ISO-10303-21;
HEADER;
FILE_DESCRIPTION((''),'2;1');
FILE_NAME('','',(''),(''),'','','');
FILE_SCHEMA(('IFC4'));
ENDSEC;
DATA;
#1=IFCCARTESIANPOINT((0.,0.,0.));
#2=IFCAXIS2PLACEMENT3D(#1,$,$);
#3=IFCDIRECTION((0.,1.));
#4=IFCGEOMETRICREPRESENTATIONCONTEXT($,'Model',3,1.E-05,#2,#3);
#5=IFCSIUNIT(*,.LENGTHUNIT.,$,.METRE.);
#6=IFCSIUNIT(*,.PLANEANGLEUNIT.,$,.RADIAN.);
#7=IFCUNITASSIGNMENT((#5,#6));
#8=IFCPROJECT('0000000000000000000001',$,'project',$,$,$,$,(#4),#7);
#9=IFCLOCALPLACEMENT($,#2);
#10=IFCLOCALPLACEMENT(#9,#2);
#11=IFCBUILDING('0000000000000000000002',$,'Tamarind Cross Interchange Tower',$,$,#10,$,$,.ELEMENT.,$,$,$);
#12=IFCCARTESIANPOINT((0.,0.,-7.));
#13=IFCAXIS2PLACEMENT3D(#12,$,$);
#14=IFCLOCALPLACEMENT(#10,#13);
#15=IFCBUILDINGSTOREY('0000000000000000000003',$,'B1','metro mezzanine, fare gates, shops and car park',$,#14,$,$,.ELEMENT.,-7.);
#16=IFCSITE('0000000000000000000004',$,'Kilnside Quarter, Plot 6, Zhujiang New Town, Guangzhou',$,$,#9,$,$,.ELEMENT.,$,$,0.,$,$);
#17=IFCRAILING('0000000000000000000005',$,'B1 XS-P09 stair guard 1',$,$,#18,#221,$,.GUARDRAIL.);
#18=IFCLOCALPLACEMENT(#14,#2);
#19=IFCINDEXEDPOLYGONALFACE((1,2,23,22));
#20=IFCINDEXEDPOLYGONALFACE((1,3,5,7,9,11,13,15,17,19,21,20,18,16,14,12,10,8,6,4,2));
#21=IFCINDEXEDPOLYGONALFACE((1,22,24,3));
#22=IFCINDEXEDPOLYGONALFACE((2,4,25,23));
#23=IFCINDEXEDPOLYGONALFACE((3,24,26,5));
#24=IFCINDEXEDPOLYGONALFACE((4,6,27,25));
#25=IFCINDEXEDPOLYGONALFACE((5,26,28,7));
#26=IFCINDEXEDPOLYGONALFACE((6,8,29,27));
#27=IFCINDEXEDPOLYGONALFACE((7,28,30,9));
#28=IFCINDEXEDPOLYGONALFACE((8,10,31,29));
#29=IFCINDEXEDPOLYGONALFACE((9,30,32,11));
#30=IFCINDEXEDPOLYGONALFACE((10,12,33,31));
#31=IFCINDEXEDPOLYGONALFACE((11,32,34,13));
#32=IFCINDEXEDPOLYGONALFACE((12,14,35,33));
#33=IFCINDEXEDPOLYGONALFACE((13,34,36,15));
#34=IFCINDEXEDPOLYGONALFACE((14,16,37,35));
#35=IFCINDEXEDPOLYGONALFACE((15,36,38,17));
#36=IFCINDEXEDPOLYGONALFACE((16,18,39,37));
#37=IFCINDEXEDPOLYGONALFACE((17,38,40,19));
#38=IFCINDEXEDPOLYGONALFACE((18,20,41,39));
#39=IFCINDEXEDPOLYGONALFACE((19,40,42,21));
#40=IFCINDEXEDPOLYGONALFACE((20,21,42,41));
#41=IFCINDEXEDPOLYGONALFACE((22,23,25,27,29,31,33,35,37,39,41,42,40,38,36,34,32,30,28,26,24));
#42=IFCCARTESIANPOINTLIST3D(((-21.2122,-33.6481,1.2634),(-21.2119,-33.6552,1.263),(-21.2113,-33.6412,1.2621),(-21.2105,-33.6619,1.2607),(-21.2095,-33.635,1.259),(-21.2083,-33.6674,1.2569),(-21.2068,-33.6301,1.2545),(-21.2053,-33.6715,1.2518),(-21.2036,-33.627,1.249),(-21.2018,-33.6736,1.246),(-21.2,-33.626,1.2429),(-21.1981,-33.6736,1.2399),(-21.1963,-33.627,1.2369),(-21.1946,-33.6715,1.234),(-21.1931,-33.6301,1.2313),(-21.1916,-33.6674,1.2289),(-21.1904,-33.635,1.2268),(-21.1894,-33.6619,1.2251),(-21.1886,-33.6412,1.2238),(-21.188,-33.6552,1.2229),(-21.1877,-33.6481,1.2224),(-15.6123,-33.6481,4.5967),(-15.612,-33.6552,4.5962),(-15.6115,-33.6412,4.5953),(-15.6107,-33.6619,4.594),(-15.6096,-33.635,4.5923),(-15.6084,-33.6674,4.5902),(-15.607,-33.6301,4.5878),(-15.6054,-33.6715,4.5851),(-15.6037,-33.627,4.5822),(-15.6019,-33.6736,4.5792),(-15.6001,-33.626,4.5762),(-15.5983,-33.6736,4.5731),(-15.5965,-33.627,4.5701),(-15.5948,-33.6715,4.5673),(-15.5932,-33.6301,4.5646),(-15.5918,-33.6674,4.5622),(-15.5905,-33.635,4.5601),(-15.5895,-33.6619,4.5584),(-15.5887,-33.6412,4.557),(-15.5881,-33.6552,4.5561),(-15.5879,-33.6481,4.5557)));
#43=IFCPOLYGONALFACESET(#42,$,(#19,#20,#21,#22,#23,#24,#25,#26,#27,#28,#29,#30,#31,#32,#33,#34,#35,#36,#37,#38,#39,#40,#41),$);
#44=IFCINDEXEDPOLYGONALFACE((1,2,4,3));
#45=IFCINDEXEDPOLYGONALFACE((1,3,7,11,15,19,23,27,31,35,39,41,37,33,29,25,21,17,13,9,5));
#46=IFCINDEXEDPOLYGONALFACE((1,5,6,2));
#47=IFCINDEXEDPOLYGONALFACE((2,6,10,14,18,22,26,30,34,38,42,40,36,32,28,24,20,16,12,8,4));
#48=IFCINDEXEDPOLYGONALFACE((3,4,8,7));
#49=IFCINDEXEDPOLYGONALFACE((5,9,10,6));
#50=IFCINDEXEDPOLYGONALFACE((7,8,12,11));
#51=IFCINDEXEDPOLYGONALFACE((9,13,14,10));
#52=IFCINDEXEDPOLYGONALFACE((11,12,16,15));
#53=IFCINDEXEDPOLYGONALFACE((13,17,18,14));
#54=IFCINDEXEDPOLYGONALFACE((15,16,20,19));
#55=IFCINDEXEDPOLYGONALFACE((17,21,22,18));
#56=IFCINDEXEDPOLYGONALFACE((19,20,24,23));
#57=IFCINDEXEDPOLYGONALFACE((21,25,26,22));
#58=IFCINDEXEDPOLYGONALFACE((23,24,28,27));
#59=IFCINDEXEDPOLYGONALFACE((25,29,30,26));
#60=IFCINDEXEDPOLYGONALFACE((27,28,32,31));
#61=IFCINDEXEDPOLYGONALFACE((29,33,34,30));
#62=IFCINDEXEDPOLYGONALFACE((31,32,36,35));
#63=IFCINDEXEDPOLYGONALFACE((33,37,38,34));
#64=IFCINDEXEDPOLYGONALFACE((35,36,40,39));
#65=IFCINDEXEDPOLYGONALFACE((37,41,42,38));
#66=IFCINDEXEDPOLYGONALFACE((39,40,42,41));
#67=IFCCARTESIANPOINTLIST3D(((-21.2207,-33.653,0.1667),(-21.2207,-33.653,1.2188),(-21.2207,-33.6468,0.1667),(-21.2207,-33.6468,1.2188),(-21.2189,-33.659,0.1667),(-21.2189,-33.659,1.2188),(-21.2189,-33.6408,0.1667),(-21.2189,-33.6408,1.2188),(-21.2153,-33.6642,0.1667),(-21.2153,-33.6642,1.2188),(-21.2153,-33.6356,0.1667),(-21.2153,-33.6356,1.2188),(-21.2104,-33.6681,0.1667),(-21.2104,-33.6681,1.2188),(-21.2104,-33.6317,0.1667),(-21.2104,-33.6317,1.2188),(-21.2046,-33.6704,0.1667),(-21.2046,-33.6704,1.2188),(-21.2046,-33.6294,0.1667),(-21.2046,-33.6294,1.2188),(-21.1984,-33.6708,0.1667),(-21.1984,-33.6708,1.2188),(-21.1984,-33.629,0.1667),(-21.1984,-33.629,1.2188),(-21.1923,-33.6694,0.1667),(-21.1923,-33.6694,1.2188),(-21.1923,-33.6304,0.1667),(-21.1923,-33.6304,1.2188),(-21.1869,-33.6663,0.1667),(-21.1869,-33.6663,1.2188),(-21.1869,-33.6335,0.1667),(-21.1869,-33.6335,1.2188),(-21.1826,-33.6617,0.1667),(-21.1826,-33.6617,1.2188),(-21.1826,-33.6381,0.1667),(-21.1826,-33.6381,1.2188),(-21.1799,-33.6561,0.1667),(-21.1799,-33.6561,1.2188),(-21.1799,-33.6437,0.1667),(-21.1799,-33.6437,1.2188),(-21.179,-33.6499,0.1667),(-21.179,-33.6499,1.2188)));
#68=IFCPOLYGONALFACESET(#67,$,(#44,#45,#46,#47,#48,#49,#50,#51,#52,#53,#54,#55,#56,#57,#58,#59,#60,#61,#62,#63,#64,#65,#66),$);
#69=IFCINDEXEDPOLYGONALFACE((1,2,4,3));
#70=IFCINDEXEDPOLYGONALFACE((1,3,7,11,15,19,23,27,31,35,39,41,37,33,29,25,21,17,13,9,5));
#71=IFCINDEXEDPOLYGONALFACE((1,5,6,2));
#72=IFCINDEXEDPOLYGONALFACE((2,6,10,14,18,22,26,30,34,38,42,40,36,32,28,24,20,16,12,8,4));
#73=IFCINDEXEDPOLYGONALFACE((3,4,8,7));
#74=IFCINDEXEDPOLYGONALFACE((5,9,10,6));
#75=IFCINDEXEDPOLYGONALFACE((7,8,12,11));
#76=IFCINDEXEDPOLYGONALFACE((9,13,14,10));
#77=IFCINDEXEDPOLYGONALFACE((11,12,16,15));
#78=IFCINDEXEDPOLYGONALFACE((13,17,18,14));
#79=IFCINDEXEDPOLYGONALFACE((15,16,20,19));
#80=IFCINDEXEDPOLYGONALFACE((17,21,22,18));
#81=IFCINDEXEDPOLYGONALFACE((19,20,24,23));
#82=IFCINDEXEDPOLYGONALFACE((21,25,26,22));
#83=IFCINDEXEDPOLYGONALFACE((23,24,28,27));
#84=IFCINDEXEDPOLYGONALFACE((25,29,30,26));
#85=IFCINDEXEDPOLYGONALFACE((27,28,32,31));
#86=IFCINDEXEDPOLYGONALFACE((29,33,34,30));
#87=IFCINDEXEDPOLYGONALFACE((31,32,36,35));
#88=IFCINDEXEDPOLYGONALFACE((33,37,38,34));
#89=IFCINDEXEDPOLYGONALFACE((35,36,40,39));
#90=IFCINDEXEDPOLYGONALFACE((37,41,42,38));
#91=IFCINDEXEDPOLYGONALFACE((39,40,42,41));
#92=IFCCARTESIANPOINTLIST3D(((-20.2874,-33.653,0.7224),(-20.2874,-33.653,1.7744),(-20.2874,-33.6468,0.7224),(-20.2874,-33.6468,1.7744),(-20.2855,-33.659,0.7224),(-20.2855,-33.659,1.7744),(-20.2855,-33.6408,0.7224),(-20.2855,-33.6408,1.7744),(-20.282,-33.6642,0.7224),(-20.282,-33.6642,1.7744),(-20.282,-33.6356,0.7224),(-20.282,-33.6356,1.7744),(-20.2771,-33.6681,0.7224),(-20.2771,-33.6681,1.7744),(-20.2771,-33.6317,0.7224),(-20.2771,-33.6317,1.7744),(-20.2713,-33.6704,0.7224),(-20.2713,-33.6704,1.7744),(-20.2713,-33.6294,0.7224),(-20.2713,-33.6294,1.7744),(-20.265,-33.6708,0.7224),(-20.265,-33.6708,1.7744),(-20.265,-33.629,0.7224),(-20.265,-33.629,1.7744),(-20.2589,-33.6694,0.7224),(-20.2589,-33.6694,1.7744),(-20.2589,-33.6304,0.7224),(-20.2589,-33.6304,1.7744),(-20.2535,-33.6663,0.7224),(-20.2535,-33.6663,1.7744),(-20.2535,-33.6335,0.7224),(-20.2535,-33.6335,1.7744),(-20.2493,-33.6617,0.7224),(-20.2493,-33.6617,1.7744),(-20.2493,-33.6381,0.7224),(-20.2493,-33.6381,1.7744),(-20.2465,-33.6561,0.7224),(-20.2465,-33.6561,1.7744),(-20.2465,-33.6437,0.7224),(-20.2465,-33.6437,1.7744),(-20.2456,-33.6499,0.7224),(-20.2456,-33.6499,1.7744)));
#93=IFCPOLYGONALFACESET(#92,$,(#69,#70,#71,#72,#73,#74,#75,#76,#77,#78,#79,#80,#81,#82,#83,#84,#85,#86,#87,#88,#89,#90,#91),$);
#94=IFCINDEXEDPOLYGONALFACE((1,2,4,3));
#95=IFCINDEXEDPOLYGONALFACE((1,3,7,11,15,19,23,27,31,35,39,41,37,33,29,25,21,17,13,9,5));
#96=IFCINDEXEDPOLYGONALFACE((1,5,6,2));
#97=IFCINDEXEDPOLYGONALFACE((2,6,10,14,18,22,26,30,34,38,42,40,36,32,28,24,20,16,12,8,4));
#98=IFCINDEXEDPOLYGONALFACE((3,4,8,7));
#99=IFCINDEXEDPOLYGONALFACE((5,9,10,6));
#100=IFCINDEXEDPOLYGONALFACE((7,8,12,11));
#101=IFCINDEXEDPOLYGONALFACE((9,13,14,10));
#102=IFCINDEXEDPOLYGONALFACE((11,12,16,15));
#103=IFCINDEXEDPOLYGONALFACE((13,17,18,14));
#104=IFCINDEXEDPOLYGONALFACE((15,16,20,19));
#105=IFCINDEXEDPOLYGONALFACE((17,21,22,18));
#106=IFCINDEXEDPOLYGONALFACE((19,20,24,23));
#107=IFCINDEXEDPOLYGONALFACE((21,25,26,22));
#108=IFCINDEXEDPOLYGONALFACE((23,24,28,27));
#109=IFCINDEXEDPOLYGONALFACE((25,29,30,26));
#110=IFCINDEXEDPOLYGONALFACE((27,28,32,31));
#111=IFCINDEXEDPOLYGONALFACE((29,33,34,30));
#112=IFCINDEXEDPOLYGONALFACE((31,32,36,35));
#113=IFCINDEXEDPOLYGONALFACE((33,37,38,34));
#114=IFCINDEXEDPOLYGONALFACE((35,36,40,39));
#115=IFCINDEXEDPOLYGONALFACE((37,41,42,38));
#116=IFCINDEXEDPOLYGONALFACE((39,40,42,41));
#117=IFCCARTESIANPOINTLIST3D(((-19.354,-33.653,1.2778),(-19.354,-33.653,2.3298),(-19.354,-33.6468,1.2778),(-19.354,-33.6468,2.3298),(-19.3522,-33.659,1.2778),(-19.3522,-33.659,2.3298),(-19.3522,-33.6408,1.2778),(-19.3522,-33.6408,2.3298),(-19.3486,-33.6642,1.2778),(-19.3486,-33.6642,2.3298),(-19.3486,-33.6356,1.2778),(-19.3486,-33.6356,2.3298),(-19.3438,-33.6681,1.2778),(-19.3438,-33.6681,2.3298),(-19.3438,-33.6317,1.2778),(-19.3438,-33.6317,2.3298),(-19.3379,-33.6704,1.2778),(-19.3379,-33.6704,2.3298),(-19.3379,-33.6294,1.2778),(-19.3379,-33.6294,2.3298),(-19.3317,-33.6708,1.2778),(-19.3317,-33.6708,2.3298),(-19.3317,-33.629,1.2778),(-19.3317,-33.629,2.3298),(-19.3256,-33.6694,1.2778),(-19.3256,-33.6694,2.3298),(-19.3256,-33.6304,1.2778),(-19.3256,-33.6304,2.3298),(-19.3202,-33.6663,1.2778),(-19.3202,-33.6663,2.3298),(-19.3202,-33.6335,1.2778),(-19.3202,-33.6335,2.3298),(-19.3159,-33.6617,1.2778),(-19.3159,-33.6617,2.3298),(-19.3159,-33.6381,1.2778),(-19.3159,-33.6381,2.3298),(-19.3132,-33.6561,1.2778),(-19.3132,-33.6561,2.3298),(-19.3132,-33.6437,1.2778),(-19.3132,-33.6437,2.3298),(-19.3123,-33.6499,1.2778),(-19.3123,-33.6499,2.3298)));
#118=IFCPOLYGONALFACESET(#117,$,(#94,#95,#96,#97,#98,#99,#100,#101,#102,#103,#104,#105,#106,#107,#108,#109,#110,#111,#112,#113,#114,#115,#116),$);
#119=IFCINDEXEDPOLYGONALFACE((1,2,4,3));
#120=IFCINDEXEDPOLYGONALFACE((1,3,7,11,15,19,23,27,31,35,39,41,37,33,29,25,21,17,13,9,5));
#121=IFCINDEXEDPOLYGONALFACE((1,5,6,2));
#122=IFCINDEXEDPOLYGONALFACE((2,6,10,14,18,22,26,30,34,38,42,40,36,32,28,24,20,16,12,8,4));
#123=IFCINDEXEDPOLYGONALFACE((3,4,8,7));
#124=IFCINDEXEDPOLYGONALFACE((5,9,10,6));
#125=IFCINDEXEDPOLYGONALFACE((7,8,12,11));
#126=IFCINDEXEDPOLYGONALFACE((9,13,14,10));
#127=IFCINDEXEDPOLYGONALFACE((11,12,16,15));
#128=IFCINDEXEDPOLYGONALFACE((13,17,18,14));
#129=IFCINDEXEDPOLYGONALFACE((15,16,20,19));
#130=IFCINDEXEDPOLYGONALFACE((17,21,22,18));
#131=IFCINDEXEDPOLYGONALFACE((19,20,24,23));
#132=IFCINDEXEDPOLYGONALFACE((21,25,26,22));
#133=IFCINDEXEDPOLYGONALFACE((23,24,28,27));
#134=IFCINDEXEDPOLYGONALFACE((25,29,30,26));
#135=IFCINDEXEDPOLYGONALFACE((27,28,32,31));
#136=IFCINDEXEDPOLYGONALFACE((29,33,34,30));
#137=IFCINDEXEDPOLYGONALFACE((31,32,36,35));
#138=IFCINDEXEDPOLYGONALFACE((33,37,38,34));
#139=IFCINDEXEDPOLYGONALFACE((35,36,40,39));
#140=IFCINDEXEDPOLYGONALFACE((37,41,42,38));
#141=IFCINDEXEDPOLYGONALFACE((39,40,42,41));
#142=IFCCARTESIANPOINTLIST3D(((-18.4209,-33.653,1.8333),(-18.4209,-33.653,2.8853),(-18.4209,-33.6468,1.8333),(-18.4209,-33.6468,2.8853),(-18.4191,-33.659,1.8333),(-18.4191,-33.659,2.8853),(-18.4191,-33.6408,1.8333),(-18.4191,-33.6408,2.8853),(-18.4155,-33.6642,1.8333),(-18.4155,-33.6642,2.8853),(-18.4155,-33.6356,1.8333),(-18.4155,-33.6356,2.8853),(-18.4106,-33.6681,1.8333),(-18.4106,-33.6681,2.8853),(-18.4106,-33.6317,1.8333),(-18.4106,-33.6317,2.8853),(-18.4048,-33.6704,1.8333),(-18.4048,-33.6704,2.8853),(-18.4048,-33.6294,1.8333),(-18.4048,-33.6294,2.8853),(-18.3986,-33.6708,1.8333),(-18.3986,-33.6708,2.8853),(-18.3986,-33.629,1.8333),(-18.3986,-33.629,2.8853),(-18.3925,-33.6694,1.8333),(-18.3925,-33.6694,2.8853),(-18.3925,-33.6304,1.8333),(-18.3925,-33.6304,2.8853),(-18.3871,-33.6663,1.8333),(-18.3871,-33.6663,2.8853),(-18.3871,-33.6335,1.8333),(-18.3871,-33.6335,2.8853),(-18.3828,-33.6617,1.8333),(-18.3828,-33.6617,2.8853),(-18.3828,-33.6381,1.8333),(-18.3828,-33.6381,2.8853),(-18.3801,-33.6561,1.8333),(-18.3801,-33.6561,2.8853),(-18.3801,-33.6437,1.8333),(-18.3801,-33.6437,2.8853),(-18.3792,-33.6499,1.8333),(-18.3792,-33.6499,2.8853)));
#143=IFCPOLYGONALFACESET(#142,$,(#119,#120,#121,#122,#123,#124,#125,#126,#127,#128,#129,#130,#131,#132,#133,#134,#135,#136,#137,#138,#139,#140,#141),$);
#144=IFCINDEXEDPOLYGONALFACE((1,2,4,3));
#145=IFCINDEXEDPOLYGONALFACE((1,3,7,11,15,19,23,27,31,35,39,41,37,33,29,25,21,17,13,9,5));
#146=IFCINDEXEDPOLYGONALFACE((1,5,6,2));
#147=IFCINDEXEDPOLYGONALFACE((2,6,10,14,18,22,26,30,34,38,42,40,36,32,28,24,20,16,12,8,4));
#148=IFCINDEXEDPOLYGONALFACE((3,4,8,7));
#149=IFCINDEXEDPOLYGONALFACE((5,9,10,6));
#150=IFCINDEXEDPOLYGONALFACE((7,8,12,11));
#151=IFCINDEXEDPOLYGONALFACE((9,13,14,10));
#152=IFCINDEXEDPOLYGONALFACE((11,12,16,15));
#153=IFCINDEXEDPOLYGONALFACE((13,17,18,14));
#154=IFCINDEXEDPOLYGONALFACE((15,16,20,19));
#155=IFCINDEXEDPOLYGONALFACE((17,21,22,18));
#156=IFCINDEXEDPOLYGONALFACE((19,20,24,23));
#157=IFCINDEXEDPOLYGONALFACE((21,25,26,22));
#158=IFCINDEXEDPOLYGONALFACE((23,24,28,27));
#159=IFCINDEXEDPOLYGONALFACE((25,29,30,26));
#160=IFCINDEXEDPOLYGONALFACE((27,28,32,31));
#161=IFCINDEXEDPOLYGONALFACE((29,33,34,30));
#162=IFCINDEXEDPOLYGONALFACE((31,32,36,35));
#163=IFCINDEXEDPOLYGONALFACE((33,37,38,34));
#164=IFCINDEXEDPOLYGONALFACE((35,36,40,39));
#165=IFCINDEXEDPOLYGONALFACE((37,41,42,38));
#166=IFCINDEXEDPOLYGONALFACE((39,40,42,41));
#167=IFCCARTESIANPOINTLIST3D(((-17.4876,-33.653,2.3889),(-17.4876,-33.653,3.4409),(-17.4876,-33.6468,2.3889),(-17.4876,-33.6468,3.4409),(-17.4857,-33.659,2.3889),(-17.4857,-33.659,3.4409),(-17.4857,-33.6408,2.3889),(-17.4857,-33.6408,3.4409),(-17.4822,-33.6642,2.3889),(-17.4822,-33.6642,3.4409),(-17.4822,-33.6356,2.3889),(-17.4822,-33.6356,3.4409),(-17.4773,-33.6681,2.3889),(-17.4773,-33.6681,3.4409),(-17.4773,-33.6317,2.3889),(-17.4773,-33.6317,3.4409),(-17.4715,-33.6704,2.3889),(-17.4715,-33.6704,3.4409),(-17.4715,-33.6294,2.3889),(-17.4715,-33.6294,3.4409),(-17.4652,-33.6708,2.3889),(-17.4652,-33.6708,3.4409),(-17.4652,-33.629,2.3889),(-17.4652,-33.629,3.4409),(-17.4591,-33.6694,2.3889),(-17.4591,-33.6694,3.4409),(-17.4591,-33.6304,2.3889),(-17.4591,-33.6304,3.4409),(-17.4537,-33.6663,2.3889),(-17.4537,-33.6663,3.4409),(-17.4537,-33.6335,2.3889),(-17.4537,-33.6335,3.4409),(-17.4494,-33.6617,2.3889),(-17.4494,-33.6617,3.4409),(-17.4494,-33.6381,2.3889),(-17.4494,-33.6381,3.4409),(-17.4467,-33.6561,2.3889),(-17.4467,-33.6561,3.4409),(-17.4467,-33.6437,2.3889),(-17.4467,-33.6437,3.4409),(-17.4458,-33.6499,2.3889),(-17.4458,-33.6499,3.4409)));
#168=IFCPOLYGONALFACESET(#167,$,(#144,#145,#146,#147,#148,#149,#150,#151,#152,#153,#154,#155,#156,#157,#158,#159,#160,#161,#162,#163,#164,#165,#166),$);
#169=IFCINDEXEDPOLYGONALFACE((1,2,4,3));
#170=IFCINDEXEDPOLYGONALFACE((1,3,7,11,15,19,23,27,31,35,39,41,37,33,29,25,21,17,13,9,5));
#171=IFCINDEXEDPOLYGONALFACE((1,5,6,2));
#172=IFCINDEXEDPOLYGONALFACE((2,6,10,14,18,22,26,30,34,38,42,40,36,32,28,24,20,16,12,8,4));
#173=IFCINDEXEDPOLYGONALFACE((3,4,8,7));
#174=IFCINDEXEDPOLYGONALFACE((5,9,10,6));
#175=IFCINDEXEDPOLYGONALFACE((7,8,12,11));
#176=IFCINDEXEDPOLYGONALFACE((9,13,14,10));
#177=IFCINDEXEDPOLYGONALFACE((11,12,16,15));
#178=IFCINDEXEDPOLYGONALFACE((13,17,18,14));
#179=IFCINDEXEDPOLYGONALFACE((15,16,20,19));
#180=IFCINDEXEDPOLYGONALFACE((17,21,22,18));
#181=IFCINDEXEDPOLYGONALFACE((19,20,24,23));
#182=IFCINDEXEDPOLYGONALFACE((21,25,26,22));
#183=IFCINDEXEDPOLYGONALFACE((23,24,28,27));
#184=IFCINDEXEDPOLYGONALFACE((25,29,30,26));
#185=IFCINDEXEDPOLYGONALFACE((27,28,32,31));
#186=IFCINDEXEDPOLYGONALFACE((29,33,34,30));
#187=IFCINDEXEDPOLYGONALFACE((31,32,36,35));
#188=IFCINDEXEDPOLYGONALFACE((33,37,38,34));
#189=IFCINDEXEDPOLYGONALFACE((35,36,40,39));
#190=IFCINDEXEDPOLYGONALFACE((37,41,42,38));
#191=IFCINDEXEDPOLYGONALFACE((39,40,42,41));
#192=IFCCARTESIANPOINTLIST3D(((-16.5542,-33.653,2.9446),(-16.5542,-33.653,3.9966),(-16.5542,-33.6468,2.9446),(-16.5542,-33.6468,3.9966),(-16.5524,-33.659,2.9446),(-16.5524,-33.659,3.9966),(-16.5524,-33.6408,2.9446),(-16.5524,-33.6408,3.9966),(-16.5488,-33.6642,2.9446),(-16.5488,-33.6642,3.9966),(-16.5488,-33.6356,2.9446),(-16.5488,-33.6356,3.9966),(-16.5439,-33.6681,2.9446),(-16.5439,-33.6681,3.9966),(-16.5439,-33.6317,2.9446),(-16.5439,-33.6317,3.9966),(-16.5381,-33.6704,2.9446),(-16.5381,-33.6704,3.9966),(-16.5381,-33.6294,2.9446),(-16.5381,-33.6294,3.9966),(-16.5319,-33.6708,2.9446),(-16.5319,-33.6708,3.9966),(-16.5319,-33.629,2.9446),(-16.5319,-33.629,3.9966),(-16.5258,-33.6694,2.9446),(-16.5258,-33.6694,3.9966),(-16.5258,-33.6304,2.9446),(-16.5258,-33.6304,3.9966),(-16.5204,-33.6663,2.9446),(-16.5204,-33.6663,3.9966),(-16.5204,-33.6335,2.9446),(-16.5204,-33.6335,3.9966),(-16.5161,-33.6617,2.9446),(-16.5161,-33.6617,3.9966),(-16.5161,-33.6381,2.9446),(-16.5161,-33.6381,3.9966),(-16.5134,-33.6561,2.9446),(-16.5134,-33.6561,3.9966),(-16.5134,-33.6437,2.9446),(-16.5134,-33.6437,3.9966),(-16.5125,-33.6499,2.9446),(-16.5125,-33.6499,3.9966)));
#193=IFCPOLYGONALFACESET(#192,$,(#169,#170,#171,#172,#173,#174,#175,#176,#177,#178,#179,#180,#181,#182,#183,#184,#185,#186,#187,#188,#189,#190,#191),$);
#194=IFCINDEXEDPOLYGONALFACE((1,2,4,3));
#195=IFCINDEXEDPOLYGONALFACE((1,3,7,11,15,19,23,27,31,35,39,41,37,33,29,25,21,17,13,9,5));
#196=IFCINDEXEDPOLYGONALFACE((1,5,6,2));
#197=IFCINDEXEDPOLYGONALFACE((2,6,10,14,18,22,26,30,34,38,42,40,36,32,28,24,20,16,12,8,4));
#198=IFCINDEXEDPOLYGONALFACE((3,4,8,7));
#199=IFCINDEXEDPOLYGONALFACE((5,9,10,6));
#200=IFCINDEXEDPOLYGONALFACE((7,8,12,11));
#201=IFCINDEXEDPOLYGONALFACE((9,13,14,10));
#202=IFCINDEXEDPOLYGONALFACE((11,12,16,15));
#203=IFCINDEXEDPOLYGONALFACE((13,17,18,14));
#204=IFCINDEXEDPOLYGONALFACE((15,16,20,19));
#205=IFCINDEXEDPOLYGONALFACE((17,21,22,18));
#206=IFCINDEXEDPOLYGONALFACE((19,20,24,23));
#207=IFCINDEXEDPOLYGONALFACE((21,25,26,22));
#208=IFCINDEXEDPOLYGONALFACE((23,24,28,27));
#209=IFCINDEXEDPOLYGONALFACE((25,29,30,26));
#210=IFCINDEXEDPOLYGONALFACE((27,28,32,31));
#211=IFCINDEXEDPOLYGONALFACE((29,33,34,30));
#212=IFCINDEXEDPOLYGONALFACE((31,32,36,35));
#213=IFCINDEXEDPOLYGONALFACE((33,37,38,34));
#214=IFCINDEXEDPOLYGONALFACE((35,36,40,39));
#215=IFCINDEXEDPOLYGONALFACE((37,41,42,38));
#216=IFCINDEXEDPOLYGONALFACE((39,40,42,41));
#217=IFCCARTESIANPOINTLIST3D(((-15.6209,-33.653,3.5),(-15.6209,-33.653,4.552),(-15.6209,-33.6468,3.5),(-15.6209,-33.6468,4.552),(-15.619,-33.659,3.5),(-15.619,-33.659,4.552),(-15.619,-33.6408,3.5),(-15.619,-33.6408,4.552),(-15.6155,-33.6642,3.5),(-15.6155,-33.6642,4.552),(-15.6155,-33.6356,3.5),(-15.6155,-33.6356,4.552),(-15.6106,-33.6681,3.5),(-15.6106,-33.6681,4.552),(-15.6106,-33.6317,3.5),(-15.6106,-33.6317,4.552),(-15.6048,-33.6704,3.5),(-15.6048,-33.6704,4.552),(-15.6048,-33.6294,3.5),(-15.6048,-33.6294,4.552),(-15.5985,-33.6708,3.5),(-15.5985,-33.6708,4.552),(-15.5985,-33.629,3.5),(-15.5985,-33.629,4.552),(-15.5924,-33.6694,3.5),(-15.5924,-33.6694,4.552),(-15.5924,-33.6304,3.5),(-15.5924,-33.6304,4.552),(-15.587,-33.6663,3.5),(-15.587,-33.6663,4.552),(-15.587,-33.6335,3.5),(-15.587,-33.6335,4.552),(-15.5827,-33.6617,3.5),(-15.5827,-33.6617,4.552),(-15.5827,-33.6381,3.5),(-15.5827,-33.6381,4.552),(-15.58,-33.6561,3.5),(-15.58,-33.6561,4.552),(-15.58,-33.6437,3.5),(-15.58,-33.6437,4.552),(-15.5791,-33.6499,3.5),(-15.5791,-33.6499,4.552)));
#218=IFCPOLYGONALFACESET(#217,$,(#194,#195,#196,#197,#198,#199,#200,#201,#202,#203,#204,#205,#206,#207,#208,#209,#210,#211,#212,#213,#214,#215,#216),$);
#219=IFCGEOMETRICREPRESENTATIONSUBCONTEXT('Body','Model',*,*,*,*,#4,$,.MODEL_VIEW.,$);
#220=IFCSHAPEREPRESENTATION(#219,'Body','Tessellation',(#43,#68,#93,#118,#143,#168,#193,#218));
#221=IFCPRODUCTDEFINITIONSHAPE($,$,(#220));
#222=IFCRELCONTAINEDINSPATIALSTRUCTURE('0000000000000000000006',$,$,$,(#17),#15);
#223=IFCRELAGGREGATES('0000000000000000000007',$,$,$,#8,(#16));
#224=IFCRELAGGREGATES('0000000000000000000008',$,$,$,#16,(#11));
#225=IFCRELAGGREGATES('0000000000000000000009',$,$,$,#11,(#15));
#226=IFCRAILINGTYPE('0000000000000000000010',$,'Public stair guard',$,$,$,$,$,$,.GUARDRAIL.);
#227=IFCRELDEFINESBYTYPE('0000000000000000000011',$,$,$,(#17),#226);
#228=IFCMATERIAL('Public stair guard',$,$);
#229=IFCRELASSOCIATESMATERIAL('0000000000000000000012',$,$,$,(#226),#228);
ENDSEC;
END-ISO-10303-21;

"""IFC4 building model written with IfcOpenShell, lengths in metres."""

from ifc_helpers import new_model, si_unit, direction, frame, origin, origin_2d, place, context, subcontext, project, spatial, circle, extrude, material, type_object, element, save


model = new_model("IFC4")

# Units and contexts
model_context = context("Model", 3, precision=1e-05, world=origin(), true_north=direction((0.0, 1.0)))
body_context = subcontext(model_context, "Body", "Model", "MODEL_VIEW")
ifc_project = project(units=[si_unit("LENGTHUNIT", "METRE"), si_unit("PLANEANGLEUNIT", "RADIAN")], contexts=[model_context])

# Site, building, storey
site_placement = place(None, origin())
site = spatial("IfcSite", under=ifc_project, at=site_placement, Name="Kilnside Quarter, Plot 6, Zhujiang New Town, Guangzhou", CompositionType="ELEMENT", RefElevation=0.0)
building_placement = place(site_placement, origin())
building = spatial("IfcBuilding", under=site, at=building_placement, Name="Tamarind Cross Interchange Tower", CompositionType="ELEMENT")
storey_placement = place(building_placement, frame((0.0, 0.0, -7.0)))
storey = spatial("IfcBuildingStorey", under=building, at=storey_placement, Name="B1", Description="metro mezzanine, fare gates, shops and car park", CompositionType="ELEMENT", Elevation=-7.0)

# Railing
ifc_material_1 = material(Name="Public stair guard")
railing_type_1 = type_object("IfcRailingType", Name="Public stair guard", PredefinedType="GUARDRAIL", material=ifc_material_1)
railing_1_placement = place(storey_placement, frame((-21.2, -33.6499, 0.1667)))
element("IfcRailing", 1, at=railing_1_placement, inside=storey, type_object=railing_type_1, Name="B1 XS-P09 stair guard 1", PredefinedType="GUARDRAIL", context=body_context, shape_type="SweptSolid", body=[
    extrude(circle(Radius=0.0239, at=origin_2d()), frame((0.0, 0.0, 1.0762), z_axis=(0.859292, 0.0, 0.511485), x_axis=(0.0, 1.0, 0.0)), (0.0, 0.0, 1.0), 6.5168),
    extrude(circle(Radius=0.021, at=origin_2d()), origin(), (0.0, 0.0, 1.0), 1.052),
    extrude(circle(Radius=0.021, at=origin_2d()), frame((0.9333, 0.0, 0.5557)), (0.0, 0.0, 1.0), 1.052),
    extrude(circle(Radius=0.021, at=origin_2d()), frame((1.8667, 0.0, 1.1111)), (0.0, 0.0, 1.0), 1.052),
    extrude(circle(Radius=0.021, at=origin_2d()), frame((2.7998, 0.0, 1.6665)), (0.0, 0.0, 1.0), 1.052),
    extrude(circle(Radius=0.021, at=origin_2d()), frame((3.7332, 0.0, 2.2222)), (0.0, 0.0, 1.0), 1.052),
    extrude(circle(Radius=0.021, at=origin_2d()), frame((4.6665, 0.0, 2.7778)), (0.0, 0.0, 1.0), 1.052),
    extrude(circle(Radius=0.021, at=origin_2d()), frame((5.5999, 0.0, 3.3333)), (0.0, 0.0, 1.0), 1.052),
])

save(model, "model.ifc")
